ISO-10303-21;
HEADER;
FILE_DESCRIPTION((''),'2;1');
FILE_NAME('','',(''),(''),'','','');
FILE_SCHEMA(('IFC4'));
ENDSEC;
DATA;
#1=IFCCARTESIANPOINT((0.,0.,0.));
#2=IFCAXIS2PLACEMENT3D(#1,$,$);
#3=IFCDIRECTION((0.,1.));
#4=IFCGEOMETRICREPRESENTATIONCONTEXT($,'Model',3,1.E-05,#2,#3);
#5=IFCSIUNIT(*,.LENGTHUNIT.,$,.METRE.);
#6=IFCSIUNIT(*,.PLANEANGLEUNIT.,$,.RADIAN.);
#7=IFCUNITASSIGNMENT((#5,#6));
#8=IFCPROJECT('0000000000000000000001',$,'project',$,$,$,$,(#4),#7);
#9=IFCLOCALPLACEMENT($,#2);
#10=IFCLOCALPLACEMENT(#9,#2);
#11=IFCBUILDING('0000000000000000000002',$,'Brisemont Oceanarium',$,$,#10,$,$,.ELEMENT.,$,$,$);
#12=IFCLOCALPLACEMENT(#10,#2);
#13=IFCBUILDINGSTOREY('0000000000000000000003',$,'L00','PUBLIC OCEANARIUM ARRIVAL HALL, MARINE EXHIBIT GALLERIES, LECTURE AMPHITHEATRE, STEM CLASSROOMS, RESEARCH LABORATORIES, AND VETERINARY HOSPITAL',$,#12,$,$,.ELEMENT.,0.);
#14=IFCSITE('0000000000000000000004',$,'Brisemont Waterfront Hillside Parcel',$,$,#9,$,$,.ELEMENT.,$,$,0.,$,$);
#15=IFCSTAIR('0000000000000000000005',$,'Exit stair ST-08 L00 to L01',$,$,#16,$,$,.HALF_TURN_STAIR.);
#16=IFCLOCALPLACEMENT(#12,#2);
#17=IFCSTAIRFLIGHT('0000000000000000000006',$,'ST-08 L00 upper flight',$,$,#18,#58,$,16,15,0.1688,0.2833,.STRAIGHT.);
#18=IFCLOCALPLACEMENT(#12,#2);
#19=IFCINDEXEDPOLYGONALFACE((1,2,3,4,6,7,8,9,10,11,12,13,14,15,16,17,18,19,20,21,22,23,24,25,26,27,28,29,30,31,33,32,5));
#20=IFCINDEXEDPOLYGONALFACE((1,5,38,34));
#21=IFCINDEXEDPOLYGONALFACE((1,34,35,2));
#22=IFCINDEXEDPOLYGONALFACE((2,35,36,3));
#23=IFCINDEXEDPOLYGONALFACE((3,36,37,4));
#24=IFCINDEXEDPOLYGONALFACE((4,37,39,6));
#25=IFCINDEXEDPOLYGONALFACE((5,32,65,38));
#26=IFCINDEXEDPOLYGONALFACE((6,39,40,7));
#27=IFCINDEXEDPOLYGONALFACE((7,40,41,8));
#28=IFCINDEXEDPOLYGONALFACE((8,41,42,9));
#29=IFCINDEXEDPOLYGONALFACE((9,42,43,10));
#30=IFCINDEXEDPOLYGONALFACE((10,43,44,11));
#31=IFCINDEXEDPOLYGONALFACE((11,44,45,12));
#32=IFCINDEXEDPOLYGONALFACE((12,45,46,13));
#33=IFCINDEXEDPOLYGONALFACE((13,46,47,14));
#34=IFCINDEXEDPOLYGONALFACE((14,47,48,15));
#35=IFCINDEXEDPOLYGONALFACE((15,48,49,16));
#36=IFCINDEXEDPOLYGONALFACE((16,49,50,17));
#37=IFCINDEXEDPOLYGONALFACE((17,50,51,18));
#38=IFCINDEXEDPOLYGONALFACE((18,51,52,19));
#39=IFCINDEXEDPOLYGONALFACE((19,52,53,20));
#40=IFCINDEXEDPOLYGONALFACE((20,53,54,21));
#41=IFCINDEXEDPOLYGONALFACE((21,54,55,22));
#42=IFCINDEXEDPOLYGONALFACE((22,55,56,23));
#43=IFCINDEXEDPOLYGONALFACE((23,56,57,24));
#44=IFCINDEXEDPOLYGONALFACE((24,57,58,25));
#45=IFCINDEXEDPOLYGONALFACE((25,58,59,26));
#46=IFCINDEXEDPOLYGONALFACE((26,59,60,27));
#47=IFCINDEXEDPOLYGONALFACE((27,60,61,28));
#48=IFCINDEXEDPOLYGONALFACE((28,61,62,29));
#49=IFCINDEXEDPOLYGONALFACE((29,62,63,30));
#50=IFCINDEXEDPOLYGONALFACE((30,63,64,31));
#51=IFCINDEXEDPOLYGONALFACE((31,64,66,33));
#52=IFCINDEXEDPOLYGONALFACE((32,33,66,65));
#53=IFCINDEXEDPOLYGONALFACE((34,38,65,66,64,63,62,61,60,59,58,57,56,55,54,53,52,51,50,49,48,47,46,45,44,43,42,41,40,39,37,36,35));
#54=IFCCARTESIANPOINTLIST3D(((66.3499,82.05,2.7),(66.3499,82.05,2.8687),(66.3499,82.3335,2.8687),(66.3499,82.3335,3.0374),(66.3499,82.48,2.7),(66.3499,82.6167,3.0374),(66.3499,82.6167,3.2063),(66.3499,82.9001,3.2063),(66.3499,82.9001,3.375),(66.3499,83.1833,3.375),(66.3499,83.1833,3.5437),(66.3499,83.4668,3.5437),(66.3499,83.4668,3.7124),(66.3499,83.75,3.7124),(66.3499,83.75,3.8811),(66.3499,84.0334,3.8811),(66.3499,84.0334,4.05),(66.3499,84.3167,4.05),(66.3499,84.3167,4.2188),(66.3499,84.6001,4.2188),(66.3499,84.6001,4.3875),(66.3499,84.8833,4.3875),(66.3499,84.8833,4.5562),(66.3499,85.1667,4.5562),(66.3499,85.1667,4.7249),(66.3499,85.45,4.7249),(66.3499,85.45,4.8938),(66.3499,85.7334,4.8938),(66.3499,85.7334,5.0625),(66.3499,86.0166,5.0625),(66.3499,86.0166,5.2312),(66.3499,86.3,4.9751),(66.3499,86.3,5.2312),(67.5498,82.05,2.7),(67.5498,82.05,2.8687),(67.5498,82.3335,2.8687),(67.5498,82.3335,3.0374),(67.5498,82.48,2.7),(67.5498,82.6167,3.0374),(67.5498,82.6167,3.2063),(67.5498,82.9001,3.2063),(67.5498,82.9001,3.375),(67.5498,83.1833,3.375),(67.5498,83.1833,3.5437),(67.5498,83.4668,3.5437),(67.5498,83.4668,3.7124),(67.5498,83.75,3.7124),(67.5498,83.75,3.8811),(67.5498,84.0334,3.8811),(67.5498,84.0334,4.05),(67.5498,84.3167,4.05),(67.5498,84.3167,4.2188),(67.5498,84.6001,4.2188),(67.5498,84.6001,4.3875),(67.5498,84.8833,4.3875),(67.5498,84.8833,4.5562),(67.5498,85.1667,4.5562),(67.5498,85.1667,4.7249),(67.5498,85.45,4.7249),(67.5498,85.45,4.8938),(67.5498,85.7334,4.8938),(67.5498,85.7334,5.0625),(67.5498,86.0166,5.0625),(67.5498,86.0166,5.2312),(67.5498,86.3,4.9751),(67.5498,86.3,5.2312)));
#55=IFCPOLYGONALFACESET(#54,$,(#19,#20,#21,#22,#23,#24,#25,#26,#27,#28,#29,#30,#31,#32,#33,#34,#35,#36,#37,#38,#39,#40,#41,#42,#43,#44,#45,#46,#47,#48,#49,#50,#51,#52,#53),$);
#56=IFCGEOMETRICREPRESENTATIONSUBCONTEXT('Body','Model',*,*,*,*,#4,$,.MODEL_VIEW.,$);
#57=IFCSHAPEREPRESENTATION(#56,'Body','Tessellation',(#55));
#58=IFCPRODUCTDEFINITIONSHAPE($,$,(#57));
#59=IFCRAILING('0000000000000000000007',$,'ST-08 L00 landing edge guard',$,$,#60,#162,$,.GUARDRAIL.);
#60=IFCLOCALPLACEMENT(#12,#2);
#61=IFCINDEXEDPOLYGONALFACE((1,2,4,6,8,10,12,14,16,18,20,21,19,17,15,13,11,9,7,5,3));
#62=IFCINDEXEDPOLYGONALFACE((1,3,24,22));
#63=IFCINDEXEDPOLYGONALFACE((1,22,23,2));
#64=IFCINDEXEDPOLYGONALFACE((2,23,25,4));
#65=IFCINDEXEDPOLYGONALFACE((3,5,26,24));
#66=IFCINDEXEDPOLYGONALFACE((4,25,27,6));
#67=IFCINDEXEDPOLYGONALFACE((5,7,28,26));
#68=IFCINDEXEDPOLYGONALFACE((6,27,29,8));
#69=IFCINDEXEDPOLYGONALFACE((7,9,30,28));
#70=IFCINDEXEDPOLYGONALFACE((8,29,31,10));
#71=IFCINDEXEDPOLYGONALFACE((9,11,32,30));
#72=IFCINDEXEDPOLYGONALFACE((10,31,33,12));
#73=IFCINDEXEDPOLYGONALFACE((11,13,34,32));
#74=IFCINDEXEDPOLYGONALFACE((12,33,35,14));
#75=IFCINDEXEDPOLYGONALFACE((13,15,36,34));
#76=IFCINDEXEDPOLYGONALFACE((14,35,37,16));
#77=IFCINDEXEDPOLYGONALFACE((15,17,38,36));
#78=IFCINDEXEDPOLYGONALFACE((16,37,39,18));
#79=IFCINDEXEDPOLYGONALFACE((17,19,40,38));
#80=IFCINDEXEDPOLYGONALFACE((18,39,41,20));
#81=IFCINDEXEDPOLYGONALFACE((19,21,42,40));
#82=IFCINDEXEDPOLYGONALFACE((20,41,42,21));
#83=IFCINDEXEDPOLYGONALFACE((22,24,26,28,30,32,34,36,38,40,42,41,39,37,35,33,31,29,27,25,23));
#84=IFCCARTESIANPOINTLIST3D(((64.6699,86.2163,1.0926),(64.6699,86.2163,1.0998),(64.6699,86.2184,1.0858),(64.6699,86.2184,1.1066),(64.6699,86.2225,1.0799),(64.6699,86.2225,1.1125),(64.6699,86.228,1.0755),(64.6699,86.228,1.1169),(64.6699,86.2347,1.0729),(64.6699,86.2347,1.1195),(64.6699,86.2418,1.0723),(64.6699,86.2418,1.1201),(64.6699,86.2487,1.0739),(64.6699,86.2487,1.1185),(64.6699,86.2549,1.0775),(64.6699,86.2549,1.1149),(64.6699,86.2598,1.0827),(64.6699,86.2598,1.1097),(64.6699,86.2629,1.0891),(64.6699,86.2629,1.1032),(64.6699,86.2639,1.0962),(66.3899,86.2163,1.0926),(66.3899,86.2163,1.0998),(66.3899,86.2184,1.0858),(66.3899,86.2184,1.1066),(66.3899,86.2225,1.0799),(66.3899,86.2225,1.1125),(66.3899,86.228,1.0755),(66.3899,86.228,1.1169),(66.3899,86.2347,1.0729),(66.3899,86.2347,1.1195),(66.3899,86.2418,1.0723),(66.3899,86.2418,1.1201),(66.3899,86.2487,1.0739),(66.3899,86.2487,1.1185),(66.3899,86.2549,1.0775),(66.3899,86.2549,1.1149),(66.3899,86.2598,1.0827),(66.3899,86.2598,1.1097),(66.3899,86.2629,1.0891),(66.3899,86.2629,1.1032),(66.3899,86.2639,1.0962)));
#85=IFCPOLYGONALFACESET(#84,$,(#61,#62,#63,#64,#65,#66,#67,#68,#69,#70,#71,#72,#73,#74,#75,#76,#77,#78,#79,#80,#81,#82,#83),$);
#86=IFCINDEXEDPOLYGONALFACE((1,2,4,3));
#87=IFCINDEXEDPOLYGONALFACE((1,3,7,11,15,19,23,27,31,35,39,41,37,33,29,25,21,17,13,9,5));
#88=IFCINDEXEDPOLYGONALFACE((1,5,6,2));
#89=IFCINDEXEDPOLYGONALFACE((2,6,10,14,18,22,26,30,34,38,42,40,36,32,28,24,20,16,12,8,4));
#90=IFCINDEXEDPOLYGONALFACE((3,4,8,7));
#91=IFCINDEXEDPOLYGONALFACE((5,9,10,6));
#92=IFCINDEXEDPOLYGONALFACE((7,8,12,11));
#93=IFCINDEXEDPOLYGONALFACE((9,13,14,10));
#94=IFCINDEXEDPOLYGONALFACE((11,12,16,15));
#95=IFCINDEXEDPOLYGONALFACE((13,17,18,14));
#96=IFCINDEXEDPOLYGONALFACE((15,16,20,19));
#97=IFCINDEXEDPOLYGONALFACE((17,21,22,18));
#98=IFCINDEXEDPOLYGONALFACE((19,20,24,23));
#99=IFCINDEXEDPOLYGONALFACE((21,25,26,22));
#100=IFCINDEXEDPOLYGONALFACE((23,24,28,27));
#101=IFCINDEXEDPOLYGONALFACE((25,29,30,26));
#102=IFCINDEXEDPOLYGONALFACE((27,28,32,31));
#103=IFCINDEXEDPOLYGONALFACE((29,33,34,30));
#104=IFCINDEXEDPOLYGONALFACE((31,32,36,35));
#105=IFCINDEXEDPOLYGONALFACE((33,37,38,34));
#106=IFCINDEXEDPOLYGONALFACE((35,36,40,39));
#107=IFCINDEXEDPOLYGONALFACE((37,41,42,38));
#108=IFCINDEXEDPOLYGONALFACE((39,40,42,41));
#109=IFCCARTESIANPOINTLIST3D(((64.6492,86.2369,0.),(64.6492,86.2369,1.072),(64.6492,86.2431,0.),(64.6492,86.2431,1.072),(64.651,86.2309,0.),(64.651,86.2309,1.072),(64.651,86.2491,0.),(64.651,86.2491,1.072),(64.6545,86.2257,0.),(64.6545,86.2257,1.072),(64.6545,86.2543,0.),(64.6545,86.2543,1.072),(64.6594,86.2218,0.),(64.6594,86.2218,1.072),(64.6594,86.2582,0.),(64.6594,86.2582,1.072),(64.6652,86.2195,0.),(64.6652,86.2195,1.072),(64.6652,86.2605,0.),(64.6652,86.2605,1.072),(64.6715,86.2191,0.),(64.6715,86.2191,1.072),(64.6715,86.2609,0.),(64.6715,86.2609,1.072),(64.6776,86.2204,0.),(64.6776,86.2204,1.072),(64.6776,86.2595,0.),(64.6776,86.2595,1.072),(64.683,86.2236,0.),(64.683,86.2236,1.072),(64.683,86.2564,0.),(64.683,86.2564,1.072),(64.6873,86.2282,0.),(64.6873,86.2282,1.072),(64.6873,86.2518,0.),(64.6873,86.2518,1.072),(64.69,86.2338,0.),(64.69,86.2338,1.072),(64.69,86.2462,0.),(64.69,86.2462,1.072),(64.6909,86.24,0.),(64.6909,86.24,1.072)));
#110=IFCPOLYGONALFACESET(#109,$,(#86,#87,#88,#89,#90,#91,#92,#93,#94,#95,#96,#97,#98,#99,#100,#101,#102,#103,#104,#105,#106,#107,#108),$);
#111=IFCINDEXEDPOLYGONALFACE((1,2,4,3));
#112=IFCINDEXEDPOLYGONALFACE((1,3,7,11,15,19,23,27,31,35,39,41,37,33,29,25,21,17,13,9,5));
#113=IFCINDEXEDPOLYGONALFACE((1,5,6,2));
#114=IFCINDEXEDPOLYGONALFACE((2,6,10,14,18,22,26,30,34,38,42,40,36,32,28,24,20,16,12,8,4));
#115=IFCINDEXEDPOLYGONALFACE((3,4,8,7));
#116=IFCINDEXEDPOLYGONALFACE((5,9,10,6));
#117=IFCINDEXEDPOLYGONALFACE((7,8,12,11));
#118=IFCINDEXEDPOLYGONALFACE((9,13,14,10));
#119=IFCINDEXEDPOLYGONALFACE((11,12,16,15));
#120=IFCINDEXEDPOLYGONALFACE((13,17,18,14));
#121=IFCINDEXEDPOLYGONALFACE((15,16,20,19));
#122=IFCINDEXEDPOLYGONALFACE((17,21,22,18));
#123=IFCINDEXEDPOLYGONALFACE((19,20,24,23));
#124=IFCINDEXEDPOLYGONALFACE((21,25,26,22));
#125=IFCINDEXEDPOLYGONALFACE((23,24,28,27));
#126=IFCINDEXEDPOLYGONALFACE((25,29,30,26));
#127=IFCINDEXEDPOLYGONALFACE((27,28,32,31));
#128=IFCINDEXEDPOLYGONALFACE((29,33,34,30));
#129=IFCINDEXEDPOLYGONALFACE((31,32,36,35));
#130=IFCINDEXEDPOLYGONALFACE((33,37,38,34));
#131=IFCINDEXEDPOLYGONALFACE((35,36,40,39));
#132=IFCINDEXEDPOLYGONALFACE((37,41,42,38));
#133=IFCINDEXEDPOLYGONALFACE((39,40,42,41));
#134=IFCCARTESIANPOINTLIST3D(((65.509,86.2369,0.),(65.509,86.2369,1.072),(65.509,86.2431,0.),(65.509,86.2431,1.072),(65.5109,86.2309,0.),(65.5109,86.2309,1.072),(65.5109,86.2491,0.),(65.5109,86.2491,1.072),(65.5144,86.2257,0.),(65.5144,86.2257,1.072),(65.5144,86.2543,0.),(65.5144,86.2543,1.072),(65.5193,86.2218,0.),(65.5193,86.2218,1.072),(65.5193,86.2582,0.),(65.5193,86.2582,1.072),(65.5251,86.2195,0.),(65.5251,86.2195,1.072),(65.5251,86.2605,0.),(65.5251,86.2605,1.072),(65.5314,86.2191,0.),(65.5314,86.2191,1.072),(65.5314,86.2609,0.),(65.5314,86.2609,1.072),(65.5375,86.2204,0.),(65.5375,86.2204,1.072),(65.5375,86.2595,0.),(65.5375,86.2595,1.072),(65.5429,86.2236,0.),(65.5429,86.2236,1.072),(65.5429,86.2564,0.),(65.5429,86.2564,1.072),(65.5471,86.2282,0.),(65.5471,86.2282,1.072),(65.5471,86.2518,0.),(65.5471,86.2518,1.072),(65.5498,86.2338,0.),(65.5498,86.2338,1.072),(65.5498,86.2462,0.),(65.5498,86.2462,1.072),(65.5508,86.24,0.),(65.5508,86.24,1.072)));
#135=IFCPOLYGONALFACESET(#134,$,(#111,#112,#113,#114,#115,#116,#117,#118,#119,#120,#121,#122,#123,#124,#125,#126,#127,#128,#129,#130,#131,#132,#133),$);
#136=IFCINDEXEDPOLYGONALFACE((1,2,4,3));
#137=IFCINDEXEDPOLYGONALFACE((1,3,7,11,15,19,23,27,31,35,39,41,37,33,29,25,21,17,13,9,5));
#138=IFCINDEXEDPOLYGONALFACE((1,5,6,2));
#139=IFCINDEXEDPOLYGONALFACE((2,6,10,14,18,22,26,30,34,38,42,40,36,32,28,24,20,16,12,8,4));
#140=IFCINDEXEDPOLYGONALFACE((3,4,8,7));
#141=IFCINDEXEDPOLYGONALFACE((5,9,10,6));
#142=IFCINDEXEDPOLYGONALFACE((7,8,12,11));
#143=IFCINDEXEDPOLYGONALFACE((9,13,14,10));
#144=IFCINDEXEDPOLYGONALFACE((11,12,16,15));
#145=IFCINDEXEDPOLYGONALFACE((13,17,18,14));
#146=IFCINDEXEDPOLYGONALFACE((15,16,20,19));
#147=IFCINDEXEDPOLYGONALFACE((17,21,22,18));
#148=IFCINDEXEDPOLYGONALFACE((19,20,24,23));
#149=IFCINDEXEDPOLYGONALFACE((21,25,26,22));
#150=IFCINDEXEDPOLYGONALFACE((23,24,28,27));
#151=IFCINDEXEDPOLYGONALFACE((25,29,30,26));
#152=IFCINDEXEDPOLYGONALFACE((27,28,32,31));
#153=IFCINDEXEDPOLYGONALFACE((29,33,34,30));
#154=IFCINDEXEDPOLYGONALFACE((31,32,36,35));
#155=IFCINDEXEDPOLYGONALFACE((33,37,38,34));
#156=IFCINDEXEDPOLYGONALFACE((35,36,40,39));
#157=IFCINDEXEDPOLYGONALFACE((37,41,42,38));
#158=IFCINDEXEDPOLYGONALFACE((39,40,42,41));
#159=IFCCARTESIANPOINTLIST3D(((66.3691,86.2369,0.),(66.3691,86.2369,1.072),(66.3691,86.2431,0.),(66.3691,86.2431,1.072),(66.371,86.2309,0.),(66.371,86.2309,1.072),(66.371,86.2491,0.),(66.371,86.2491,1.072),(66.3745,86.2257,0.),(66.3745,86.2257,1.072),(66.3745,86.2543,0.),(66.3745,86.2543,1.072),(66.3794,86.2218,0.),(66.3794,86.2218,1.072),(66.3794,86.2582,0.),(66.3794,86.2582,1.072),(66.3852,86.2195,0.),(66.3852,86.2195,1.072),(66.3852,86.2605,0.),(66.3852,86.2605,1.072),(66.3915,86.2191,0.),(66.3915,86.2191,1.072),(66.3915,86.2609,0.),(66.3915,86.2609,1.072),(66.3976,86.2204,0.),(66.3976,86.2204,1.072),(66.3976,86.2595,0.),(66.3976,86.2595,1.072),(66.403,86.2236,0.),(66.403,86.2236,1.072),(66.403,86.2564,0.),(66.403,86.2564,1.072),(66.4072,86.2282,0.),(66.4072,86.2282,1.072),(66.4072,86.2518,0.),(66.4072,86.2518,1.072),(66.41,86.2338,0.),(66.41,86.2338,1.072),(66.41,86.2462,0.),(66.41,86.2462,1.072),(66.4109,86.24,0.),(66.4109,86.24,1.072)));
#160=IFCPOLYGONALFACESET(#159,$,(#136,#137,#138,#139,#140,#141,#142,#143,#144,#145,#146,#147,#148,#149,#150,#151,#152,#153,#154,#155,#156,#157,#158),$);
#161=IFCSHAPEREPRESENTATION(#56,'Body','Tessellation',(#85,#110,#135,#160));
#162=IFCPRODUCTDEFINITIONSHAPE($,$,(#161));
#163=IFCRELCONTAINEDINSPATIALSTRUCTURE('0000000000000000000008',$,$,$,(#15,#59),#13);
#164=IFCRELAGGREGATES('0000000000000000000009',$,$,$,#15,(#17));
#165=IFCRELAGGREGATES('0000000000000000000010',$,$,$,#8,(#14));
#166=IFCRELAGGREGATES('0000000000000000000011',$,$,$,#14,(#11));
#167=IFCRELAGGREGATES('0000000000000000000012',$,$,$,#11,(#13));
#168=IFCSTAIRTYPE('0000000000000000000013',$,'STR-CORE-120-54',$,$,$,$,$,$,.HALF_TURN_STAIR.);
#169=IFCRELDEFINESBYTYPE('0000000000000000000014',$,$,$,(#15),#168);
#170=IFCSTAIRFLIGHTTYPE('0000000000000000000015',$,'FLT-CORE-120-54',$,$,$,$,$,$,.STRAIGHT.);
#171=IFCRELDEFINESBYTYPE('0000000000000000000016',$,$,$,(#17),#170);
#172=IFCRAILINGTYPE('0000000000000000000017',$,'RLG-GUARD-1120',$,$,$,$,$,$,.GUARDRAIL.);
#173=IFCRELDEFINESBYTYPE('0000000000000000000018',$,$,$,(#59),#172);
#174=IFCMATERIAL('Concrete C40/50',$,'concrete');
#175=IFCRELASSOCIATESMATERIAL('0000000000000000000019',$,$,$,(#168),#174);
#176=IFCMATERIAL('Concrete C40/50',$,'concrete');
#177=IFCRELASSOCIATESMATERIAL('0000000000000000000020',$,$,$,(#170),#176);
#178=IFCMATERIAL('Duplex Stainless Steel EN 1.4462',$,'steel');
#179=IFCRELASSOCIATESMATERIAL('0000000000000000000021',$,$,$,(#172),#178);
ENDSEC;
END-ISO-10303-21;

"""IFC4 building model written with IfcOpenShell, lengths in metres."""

from ifc_helpers import new_model, si_unit, direction, frame, origin, origin_2d, place, context, subcontext, project, spatial, polyline, circle, outline, extrude, material, type_object, element, aggregate, save


model = new_model("IFC4")

# Units and contexts
model_context = context("Model", 3, precision=1e-05, world=origin(), true_north=direction((0.0, 1.0)))
body_context = subcontext(model_context, "Body", "Model", "MODEL_VIEW")
ifc_project = project(units=[si_unit("LENGTHUNIT", "METRE"), si_unit("PLANEANGLEUNIT", "RADIAN")], contexts=[model_context])

# Site, building, storey
site_placement = place(None, origin())
site = spatial("IfcSite", under=ifc_project, at=site_placement, Name="Brisemont Waterfront Hillside Parcel", CompositionType="ELEMENT", RefElevation=0.0)
building_placement = place(site_placement, origin())
building = spatial("IfcBuilding", under=site, at=building_placement, Name="Brisemont Oceanarium", CompositionType="ELEMENT")
storey_placement = place(building_placement, origin())
storey = spatial("IfcBuildingStorey", under=building, at=storey_placement, Name="L00", Description="PUBLIC OCEANARIUM ARRIVAL HALL, MARINE EXHIBIT GALLERIES, LECTURE AMPHITHEATRE, STEM CLASSROOMS, RESEARCH LABORATORIES, AND VETERINARY HOSPITAL", CompositionType="ELEMENT", Elevation=0.0)

# Stair, stair flight
ifc_material_1 = material(Name="Concrete C40/50", Category="concrete")
stair_type = type_object("IfcStairType", Name="STR-CORE-120-54", PredefinedType="HALF_TURN_STAIR", material=ifc_material_1)
stair_placement = place(storey_placement, origin())
stair = element("IfcStair", 1, at=stair_placement, inside=storey, type_object=stair_type, Name="Exit stair ST-08 L00 to L01", PredefinedType="HALF_TURN_STAIR")
ifc_material_2 = material(Name="Concrete C40/50", Category="concrete")
stair_flight_type = type_object("IfcStairFlightType", Name="FLT-CORE-120-54", PredefinedType="STRAIGHT", material=ifc_material_2)
stair_flight_1_placement = place(storey_placement, frame((66.95, 82.05, 2.7), z_axis=(0.0, 0.0, 1.0), x_axis=(0.0, 1.0, 0.0)))
stair_flight_1 = element("IfcStairFlight", 2, at=stair_flight_1_placement, type_object=stair_flight_type, Name="ST-08 L00 upper flight", NumberOfRisers=16, NumberOfTreads=15, PredefinedType="STRAIGHT", RiserHeight=0.1688, TreadLength=0.2833, context=body_context, shape_type="SweptSolid", body=[
    extrude(outline(polyline([(0.0, 0.0), (0.0, 0.1687), (0.2834, 0.1687), (0.2834, 0.3374), (0.5667, 0.3374), (0.5667, 0.5063), (0.8501, 0.5063), (0.8501, 0.675), (1.1333, 0.675), (1.1333, 0.8438), (1.4167, 0.8438), (1.4167, 1.0125), (1.7, 1.0125), (1.7, 1.1812), (1.9834, 1.1812), (1.9834, 1.3501), (2.2666, 1.3501), (2.2666, 1.5188), (2.55, 1.5188), (2.55, 1.6875), (2.8333, 1.6875), (2.8333, 1.8562), (3.1167, 1.8562), (3.1167, 2.0249), (3.3999, 2.0249), (3.3999, 2.1938), (3.6833, 2.1938), (3.6833, 2.3625), (3.9666, 2.3625), (3.9666, 2.5312), (4.25, 2.5312), (4.25, 2.7), (4.25, 2.2751), (0.4299, 0.0), (0.0, 0.0)])), frame((0.0, 0.6001, 0.0), z_axis=(0.0, -1.0, 0.0), x_axis=(1.0, 0.0, 0.0)), (0.0, 0.0, 1.0), 1.2),
])
aggregate(stair, [stair_flight_1])

# Railing
ifc_material_3 = material(Name="Duplex Stainless Steel EN 1.4462", Category="steel")
railing_type_1 = type_object("IfcRailingType", Name="RLG-GUARD-1120", PredefinedType="GUARDRAIL", material=ifc_material_3)
railing_1_placement = place(storey_placement, frame((64.6699, 86.24, 0.0)))
element("IfcRailing", 3, at=railing_1_placement, inside=storey, type_object=railing_type_1, Name="ST-08 L00 landing edge guard", PredefinedType="GUARDRAIL", context=body_context, shape_type="SweptSolid", body=[
    extrude(circle(Radius=0.0239, at=origin_2d()), frame((0.0, 0.0, 1.0962), z_axis=(1.0, 0.0, 0.0), x_axis=(0.0, 1.0, 0.0)), (0.0, 0.0, 1.0), 1.72),
    extrude(circle(Radius=0.021, at=origin_2d()), origin(), (0.0, 0.0, 1.0), 1.072),
    extrude(circle(Radius=0.021, at=origin_2d()), frame((0.8599, 0.0, 0.0)), (0.0, 0.0, 1.0), 1.072),
    extrude(circle(Radius=0.021, at=origin_2d()), frame((1.72, 0.0, 0.0)), (0.0, 0.0, 1.0), 1.072),
])

save(model, "model.ifc")
